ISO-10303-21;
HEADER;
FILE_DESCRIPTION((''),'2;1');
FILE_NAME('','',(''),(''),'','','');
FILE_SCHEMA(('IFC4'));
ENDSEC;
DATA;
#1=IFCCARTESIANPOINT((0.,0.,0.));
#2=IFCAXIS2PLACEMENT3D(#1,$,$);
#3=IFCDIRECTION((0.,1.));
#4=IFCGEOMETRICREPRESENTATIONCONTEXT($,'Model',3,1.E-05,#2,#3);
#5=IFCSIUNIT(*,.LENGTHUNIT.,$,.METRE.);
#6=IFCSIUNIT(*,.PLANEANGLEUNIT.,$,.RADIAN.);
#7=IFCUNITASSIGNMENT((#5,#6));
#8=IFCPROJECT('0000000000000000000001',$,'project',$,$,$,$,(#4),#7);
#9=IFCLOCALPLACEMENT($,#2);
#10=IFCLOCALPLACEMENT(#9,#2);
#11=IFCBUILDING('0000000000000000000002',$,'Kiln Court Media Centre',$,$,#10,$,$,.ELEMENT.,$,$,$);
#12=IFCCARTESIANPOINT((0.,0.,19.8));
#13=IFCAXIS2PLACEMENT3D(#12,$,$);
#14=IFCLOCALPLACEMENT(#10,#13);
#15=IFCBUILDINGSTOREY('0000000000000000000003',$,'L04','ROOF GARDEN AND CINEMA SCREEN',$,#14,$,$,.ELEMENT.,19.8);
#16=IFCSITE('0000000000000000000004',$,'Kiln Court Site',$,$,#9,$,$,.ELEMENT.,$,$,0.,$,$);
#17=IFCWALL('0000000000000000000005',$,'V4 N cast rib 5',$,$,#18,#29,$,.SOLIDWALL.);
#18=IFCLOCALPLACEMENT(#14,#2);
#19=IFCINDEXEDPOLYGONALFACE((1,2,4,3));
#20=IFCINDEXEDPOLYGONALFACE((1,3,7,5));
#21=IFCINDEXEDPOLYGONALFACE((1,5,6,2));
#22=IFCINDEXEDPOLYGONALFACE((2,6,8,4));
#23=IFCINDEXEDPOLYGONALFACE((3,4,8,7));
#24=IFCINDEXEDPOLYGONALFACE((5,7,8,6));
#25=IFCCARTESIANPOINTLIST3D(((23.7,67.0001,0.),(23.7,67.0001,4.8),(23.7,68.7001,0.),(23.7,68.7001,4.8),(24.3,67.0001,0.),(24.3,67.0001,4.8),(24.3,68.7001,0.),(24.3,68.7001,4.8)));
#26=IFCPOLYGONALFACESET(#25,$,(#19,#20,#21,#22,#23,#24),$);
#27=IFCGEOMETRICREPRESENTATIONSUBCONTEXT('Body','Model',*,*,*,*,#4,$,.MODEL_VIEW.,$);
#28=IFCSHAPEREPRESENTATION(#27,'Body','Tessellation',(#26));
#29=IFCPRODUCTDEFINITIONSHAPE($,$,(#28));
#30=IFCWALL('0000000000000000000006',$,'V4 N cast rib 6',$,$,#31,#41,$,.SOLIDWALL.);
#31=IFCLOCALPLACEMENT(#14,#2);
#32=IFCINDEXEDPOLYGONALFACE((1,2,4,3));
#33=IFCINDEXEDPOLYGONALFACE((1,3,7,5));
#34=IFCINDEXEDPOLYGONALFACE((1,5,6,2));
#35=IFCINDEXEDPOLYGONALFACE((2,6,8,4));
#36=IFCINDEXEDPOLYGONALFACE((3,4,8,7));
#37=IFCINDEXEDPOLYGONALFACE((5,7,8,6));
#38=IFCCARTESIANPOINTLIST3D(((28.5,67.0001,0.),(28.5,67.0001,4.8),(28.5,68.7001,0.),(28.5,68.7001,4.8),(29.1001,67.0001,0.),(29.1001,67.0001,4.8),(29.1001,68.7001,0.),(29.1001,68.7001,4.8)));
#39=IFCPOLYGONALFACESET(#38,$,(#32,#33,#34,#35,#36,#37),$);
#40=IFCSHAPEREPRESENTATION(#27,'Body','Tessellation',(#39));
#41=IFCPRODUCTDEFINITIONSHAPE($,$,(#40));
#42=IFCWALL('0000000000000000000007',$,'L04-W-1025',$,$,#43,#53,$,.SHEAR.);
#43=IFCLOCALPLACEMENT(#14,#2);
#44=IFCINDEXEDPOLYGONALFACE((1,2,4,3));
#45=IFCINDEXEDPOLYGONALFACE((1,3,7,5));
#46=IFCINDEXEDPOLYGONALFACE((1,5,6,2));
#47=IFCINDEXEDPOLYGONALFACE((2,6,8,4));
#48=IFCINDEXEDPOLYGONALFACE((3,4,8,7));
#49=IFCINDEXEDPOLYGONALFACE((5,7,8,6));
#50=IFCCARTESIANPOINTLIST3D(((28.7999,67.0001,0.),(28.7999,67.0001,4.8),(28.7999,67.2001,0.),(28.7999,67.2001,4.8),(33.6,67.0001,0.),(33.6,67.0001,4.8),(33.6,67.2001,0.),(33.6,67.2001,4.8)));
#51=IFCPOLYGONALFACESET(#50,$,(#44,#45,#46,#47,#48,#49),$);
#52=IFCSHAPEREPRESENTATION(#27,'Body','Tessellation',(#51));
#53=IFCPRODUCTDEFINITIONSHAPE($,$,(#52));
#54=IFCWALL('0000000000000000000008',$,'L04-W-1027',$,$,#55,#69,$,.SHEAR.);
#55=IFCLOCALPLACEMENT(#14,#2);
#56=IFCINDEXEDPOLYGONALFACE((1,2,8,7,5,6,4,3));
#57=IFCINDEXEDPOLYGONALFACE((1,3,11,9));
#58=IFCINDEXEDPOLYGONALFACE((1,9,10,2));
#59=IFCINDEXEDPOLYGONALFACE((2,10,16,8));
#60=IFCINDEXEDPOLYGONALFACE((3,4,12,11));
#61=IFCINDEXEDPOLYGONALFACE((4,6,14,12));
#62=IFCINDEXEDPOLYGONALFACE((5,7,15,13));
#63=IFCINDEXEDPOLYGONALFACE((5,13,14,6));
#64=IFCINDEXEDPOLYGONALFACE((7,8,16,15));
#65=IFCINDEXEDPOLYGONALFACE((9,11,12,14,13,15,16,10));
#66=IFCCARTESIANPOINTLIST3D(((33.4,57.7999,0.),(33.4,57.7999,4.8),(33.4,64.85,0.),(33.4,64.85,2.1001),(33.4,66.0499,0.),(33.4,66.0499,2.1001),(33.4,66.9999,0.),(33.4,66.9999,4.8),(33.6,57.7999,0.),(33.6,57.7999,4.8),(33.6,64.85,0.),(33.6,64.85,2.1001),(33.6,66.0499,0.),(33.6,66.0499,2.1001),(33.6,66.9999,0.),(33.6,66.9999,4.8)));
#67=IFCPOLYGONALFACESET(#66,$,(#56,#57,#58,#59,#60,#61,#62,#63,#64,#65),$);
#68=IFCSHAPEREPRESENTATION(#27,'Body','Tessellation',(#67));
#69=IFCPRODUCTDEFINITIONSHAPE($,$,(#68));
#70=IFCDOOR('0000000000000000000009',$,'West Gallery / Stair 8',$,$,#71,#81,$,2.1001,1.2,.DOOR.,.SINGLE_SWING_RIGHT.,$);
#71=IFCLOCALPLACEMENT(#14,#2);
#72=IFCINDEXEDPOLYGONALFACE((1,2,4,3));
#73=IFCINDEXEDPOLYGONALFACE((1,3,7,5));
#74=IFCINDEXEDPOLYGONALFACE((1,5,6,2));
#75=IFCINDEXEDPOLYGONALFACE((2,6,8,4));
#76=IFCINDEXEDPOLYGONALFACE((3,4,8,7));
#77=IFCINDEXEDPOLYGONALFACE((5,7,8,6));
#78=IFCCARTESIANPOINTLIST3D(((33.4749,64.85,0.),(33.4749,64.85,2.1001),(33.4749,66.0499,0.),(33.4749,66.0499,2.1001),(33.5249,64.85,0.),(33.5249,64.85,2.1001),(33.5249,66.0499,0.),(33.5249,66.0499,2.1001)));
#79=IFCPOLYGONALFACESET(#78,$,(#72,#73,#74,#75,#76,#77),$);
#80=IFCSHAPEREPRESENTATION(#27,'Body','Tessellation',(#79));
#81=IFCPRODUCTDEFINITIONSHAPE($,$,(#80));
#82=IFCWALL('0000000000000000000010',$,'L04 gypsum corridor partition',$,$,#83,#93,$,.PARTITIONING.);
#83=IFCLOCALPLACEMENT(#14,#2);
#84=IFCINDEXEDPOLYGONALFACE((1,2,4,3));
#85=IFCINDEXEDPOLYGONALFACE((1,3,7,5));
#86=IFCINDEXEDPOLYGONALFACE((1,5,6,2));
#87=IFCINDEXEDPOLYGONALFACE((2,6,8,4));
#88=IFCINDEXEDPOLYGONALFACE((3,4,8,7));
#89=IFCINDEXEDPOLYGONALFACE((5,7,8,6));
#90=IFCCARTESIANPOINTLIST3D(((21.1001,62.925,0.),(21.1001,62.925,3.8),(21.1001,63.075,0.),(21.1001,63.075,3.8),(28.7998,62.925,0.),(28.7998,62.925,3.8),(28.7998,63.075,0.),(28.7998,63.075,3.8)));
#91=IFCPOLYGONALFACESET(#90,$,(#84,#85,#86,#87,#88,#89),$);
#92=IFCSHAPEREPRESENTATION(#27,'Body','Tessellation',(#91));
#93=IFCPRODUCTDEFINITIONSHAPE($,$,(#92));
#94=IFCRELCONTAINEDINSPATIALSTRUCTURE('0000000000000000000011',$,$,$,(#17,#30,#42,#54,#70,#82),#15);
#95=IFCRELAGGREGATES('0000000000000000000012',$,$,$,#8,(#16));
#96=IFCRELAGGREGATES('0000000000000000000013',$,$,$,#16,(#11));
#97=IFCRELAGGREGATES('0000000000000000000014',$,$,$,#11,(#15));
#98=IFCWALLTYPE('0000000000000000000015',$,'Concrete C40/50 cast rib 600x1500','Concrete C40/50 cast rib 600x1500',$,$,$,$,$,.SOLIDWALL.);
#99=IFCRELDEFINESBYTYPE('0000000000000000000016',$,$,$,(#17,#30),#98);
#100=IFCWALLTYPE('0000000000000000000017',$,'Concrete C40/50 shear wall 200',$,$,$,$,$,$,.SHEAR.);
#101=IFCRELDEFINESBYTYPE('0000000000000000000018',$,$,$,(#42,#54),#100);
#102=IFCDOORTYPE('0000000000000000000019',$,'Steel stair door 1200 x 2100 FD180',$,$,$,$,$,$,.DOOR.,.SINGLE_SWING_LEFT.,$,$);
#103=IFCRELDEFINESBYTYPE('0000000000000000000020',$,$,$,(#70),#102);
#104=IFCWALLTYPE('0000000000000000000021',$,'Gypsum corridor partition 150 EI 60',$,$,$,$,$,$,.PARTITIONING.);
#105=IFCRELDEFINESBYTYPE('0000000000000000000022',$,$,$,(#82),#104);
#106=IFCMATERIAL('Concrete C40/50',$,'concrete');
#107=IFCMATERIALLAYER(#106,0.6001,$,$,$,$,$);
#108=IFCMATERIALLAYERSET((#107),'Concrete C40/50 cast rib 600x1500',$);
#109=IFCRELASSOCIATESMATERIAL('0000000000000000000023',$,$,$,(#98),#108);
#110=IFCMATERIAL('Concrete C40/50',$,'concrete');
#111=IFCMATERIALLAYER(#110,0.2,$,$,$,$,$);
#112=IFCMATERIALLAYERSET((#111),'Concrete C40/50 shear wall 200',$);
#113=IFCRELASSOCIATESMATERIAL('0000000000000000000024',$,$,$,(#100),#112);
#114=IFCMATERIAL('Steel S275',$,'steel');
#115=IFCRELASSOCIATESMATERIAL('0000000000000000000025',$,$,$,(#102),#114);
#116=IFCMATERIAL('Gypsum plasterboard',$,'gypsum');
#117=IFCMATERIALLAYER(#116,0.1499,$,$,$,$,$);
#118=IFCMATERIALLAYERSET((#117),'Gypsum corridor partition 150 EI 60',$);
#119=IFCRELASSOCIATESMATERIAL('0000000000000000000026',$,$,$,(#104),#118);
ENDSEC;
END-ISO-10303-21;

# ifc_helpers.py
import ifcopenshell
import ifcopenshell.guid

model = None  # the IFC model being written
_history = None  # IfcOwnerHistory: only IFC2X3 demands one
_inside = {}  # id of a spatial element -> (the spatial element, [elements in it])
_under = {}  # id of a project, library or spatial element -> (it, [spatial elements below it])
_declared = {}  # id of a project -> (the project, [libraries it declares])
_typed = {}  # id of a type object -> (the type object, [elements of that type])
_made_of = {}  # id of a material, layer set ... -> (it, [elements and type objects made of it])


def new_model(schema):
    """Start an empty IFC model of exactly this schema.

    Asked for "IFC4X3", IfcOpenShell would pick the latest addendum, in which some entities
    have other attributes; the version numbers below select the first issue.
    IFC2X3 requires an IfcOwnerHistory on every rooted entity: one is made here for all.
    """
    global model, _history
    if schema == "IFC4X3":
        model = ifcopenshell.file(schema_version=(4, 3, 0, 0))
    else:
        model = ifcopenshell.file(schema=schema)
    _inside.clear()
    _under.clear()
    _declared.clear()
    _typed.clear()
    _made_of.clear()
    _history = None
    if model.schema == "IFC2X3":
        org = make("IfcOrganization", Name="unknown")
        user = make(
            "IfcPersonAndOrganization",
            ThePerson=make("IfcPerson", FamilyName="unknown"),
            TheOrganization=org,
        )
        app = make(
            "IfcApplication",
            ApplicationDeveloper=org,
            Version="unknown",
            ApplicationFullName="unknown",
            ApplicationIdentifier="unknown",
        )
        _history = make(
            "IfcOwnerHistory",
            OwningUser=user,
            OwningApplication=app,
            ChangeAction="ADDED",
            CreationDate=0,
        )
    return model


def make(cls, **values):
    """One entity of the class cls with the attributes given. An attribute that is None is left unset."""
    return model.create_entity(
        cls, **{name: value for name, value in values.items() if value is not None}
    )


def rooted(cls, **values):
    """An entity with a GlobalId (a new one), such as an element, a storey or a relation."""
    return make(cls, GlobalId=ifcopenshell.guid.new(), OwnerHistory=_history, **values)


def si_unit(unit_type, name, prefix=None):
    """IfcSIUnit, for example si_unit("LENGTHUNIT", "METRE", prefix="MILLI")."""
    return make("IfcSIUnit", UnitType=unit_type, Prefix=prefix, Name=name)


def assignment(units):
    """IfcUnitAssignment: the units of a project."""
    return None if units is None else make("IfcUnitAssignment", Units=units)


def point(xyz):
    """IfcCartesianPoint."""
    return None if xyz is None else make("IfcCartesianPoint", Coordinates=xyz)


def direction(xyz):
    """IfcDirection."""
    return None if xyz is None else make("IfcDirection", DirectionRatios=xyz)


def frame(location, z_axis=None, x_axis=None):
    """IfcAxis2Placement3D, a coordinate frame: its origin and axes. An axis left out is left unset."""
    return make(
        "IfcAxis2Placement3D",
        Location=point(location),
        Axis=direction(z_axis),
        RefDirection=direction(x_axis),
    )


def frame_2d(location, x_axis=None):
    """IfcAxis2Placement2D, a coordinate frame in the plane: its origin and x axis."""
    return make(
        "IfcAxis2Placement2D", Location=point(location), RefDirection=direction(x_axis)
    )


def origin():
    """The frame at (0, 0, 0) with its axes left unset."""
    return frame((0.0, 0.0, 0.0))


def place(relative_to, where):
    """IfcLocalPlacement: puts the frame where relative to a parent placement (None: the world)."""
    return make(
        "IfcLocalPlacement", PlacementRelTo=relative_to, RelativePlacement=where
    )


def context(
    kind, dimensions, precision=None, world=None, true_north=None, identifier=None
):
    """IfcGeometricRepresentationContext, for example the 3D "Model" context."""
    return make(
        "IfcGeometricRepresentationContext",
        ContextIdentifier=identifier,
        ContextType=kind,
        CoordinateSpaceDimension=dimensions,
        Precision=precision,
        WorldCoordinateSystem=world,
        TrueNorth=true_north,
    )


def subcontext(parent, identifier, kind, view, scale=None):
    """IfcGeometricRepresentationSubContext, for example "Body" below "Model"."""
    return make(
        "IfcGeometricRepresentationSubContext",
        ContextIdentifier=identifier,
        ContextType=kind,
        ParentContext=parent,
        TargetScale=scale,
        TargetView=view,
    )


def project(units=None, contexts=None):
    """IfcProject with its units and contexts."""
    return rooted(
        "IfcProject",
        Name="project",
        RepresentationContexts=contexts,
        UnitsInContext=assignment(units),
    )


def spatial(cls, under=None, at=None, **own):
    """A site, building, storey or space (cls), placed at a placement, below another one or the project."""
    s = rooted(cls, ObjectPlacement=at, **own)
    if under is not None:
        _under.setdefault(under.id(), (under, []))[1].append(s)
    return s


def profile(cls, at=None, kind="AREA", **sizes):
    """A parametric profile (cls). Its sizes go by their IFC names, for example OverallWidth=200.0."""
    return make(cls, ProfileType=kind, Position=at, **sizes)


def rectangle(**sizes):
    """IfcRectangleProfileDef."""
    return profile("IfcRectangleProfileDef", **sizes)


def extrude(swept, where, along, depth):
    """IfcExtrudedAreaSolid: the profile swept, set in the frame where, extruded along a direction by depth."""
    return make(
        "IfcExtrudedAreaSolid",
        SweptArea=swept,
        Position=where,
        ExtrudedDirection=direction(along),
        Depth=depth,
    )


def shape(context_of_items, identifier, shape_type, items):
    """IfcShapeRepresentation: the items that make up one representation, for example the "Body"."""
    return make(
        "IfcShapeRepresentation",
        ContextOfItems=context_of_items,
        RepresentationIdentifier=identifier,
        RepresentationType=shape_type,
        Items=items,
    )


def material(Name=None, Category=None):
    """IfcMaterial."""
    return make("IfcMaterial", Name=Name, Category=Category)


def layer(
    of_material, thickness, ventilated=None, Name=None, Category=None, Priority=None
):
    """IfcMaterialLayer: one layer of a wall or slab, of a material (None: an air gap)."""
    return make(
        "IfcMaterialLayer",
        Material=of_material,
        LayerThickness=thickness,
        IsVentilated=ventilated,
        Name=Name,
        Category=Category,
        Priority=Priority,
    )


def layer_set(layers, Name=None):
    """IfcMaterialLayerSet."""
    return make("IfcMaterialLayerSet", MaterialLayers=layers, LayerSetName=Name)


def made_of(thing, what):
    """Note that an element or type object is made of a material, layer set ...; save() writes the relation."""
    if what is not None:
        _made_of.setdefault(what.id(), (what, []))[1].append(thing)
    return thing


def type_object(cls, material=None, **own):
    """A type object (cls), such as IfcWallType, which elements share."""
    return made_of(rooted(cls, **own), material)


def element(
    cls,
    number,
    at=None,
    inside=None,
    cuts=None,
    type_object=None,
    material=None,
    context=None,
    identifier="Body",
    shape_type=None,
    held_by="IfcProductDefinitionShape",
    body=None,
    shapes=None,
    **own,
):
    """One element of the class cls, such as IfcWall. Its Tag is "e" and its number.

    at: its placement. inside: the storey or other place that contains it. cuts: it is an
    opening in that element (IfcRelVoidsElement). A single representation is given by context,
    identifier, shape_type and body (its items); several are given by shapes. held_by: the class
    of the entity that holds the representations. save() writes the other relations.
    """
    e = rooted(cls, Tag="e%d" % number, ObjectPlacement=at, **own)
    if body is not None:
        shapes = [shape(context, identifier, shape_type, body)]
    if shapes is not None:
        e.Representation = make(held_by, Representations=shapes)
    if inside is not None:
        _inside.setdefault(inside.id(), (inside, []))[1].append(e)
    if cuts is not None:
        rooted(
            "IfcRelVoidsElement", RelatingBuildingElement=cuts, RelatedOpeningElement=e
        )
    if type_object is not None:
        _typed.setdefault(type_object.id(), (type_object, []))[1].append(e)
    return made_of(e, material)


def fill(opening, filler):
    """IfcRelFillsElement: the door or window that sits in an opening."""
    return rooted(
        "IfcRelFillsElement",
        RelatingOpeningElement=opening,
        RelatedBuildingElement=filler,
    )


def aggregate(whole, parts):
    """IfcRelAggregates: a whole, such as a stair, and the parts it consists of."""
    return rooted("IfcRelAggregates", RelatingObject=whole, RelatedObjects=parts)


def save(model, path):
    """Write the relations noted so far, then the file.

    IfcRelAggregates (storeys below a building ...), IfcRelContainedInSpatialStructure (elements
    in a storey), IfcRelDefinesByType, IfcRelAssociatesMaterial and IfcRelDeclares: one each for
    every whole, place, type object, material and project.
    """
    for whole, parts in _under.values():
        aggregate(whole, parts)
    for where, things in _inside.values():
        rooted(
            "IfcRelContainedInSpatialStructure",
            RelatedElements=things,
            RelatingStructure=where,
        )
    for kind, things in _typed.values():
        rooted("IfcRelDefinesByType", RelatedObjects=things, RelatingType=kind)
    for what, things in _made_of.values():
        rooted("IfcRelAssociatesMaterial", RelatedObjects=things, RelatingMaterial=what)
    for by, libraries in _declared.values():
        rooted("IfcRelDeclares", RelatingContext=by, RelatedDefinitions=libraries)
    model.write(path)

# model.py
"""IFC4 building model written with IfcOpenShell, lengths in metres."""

from ifc_helpers import new_model, si_unit, direction, frame, frame_2d, origin, place, context, subcontext, project, spatial, rectangle, extrude, material, layer, layer_set, type_object, element, fill, save


model = new_model("IFC4")

# Units and contexts
model_context = context("Model", 3, precision=1e-05, world=origin(), true_north=direction((0.0, 1.0)))
body_context = subcontext(model_context, "Body", "Model", "MODEL_VIEW")
ifc_project = project(units=[si_unit("LENGTHUNIT", "METRE"), si_unit("PLANEANGLEUNIT", "RADIAN")], contexts=[model_context])

# Site, building, storey
site_placement = place(None, origin())
site = spatial("IfcSite", under=ifc_project, at=site_placement, Name="Kiln Court Site", CompositionType="ELEMENT", RefElevation=0.0)
building_placement = place(site_placement, origin())
building = spatial("IfcBuilding", under=site, at=building_placement, Name="Kiln Court Media Centre", CompositionType="ELEMENT")
storey_placement = place(building_placement, frame((0.0, 0.0, 19.8)))
storey = spatial("IfcBuildingStorey", under=building, at=storey_placement, Name="L04", Description="ROOF GARDEN AND CINEMA SCREEN", CompositionType="ELEMENT", Elevation=19.8)

# Walls
ifc_material_1 = material(Name="Concrete C40/50", Category="concrete")
ifc_layer_1 = layer(ifc_material_1, 0.6001)
ifc_layer_set_1 = layer_set([ifc_layer_1], Name="Concrete C40/50 cast rib 600x1500")
wall_type_1 = type_object("IfcWallType", Name="Concrete C40/50 cast rib 600x1500", Description="Concrete C40/50 cast rib 600x1500", PredefinedType="SOLIDWALL", material=ifc_layer_set_1)
for number, where, z_axis, x_axis, name in (
    (1, (24.0, 67.0, 0.0), (0.0, 0.0, 1.0), (0.0, 1.0, 0.0), "V4 N cast rib 5"),
    (2, (28.8, 67.0, 0.0), (0.0, 0.0, 1.0), (0.0, 1.0, 0.0), "V4 N cast rib 6"),
):
    element("IfcWall", number, at=place(storey_placement, frame(where, z_axis=z_axis, x_axis=x_axis)), inside=storey, type_object=wall_type_1, Name=name, PredefinedType="SOLIDWALL", context=body_context, shape_type="SweptSolid", body=[
        extrude(rectangle(XDim=1.7, YDim=0.6001, at=frame_2d((0.8501, 0.0))), origin(), (0.0, 0.0, 1.0), 4.8),
    ])
ifc_material_2 = material(Name="Concrete C40/50", Category="concrete")
ifc_layer_2 = layer(ifc_material_2, 0.2)
ifc_layer_set_2 = layer_set([ifc_layer_2], Name="Concrete C40/50 shear wall 200")
wall_type_2 = type_object("IfcWallType", Name="Concrete C40/50 shear wall 200", PredefinedType="SHEAR", material=ifc_layer_set_2)
wall_1_placement = place(storey_placement, frame((28.8, 67.1001, 0.0), z_axis=(0.0, 0.0, 1.0), x_axis=(1.0, 0.0, 0.0)))
element("IfcWall", 3, at=wall_1_placement, inside=storey, type_object=wall_type_2, Name="L04-W-1025", PredefinedType="SHEAR", context=body_context, shape_type="SweptSolid", body=[
    extrude(rectangle(XDim=4.8, YDim=0.2, at=frame_2d((2.3999, 0.0))), origin(), (0.0, 0.0, 1.0), 4.8),
])

# Wall, opening, door
wall_2_placement = place(storey_placement, frame((33.5, 67.0, 0.0), z_axis=(0.0, 0.0, 1.0), x_axis=(0.0, -1.0, 0.0)))
wall_2 = element("IfcWall", 4, at=wall_2_placement, inside=storey, type_object=wall_type_2, Name="L04-W-1027", PredefinedType="SHEAR", context=body_context, shape_type="SweptSolid", body=[
    extrude(rectangle(XDim=9.2, YDim=0.2, at=frame_2d((4.6001, 0.0))), origin(), (0.0, 0.0, 1.0), 4.8),
])
opening_placement = place(wall_2_placement, frame((0.95, 0.0, 0.0)))
opening = element("IfcOpeningElement", 5, at=opening_placement, cuts=wall_2, PredefinedType="OPENING", context=body_context, shape_type="SweptSolid", body=[
    extrude(rectangle(XDim=1.2, YDim=2.1001, at=frame_2d((0.6001, 1.05))), frame((0.0, 0.1099, 0.0), z_axis=(0.0, -1.0, 0.0), x_axis=(1.0, 0.0, 0.0)), (0.0, 0.0, 1.0), 0.22),
])
ifc_material_3 = material(Name="Steel S275", Category="steel")
door_type = type_object("IfcDoorType", Name="Steel stair door 1200 x 2100 FD180", OperationType="SINGLE_SWING_LEFT", PredefinedType="DOOR", material=ifc_material_3)
door_placement = place(opening_placement, origin())
door = element("IfcDoor", 6, at=door_placement, inside=storey, type_object=door_type, Name="West Gallery / Stair 8", OperationType="SINGLE_SWING_RIGHT", OverallHeight=2.1001, OverallWidth=1.2, PredefinedType="DOOR", context=body_context, shape_type="SweptSolid", body=[
    extrude(rectangle(XDim=1.2, YDim=2.1001, at=frame_2d((0.6001, 1.05))), frame((0.0, 0.0249, 0.0), z_axis=(0.0, -1.0, 0.0), x_axis=(1.0, 0.0, 0.0)), (0.0, 0.0, 1.0), 0.05),
])
fill(opening, door)

# Wall
ifc_material_4 = material(Name="Gypsum plasterboard", Category="gypsum")
ifc_layer_3 = layer(ifc_material_4, 0.1499)
ifc_layer_set_3 = layer_set([ifc_layer_3], Name="Gypsum corridor partition 150 EI 60")
wall_type_3 = type_object("IfcWallType", Name="Gypsum corridor partition 150 EI 60", PredefinedType="PARTITIONING", material=ifc_layer_set_3)
wall_3_placement = place(storey_placement, frame((21.1001, 63.0, 0.0), z_axis=(0.0, 0.0, 1.0), x_axis=(1.0, 0.0, 0.0)))
element("IfcWall", 7, at=wall_3_placement, inside=storey, type_object=wall_type_3, Name="L04 gypsum corridor partition", PredefinedType="PARTITIONING", context=body_context, shape_type="SweptSolid", body=[
    extrude(rectangle(XDim=7.6997, YDim=0.1499, at=frame_2d((3.8499, 0.0))), origin(), (0.0, 0.0, 1.0), 3.8),
])

save(model, "model.ifc")
